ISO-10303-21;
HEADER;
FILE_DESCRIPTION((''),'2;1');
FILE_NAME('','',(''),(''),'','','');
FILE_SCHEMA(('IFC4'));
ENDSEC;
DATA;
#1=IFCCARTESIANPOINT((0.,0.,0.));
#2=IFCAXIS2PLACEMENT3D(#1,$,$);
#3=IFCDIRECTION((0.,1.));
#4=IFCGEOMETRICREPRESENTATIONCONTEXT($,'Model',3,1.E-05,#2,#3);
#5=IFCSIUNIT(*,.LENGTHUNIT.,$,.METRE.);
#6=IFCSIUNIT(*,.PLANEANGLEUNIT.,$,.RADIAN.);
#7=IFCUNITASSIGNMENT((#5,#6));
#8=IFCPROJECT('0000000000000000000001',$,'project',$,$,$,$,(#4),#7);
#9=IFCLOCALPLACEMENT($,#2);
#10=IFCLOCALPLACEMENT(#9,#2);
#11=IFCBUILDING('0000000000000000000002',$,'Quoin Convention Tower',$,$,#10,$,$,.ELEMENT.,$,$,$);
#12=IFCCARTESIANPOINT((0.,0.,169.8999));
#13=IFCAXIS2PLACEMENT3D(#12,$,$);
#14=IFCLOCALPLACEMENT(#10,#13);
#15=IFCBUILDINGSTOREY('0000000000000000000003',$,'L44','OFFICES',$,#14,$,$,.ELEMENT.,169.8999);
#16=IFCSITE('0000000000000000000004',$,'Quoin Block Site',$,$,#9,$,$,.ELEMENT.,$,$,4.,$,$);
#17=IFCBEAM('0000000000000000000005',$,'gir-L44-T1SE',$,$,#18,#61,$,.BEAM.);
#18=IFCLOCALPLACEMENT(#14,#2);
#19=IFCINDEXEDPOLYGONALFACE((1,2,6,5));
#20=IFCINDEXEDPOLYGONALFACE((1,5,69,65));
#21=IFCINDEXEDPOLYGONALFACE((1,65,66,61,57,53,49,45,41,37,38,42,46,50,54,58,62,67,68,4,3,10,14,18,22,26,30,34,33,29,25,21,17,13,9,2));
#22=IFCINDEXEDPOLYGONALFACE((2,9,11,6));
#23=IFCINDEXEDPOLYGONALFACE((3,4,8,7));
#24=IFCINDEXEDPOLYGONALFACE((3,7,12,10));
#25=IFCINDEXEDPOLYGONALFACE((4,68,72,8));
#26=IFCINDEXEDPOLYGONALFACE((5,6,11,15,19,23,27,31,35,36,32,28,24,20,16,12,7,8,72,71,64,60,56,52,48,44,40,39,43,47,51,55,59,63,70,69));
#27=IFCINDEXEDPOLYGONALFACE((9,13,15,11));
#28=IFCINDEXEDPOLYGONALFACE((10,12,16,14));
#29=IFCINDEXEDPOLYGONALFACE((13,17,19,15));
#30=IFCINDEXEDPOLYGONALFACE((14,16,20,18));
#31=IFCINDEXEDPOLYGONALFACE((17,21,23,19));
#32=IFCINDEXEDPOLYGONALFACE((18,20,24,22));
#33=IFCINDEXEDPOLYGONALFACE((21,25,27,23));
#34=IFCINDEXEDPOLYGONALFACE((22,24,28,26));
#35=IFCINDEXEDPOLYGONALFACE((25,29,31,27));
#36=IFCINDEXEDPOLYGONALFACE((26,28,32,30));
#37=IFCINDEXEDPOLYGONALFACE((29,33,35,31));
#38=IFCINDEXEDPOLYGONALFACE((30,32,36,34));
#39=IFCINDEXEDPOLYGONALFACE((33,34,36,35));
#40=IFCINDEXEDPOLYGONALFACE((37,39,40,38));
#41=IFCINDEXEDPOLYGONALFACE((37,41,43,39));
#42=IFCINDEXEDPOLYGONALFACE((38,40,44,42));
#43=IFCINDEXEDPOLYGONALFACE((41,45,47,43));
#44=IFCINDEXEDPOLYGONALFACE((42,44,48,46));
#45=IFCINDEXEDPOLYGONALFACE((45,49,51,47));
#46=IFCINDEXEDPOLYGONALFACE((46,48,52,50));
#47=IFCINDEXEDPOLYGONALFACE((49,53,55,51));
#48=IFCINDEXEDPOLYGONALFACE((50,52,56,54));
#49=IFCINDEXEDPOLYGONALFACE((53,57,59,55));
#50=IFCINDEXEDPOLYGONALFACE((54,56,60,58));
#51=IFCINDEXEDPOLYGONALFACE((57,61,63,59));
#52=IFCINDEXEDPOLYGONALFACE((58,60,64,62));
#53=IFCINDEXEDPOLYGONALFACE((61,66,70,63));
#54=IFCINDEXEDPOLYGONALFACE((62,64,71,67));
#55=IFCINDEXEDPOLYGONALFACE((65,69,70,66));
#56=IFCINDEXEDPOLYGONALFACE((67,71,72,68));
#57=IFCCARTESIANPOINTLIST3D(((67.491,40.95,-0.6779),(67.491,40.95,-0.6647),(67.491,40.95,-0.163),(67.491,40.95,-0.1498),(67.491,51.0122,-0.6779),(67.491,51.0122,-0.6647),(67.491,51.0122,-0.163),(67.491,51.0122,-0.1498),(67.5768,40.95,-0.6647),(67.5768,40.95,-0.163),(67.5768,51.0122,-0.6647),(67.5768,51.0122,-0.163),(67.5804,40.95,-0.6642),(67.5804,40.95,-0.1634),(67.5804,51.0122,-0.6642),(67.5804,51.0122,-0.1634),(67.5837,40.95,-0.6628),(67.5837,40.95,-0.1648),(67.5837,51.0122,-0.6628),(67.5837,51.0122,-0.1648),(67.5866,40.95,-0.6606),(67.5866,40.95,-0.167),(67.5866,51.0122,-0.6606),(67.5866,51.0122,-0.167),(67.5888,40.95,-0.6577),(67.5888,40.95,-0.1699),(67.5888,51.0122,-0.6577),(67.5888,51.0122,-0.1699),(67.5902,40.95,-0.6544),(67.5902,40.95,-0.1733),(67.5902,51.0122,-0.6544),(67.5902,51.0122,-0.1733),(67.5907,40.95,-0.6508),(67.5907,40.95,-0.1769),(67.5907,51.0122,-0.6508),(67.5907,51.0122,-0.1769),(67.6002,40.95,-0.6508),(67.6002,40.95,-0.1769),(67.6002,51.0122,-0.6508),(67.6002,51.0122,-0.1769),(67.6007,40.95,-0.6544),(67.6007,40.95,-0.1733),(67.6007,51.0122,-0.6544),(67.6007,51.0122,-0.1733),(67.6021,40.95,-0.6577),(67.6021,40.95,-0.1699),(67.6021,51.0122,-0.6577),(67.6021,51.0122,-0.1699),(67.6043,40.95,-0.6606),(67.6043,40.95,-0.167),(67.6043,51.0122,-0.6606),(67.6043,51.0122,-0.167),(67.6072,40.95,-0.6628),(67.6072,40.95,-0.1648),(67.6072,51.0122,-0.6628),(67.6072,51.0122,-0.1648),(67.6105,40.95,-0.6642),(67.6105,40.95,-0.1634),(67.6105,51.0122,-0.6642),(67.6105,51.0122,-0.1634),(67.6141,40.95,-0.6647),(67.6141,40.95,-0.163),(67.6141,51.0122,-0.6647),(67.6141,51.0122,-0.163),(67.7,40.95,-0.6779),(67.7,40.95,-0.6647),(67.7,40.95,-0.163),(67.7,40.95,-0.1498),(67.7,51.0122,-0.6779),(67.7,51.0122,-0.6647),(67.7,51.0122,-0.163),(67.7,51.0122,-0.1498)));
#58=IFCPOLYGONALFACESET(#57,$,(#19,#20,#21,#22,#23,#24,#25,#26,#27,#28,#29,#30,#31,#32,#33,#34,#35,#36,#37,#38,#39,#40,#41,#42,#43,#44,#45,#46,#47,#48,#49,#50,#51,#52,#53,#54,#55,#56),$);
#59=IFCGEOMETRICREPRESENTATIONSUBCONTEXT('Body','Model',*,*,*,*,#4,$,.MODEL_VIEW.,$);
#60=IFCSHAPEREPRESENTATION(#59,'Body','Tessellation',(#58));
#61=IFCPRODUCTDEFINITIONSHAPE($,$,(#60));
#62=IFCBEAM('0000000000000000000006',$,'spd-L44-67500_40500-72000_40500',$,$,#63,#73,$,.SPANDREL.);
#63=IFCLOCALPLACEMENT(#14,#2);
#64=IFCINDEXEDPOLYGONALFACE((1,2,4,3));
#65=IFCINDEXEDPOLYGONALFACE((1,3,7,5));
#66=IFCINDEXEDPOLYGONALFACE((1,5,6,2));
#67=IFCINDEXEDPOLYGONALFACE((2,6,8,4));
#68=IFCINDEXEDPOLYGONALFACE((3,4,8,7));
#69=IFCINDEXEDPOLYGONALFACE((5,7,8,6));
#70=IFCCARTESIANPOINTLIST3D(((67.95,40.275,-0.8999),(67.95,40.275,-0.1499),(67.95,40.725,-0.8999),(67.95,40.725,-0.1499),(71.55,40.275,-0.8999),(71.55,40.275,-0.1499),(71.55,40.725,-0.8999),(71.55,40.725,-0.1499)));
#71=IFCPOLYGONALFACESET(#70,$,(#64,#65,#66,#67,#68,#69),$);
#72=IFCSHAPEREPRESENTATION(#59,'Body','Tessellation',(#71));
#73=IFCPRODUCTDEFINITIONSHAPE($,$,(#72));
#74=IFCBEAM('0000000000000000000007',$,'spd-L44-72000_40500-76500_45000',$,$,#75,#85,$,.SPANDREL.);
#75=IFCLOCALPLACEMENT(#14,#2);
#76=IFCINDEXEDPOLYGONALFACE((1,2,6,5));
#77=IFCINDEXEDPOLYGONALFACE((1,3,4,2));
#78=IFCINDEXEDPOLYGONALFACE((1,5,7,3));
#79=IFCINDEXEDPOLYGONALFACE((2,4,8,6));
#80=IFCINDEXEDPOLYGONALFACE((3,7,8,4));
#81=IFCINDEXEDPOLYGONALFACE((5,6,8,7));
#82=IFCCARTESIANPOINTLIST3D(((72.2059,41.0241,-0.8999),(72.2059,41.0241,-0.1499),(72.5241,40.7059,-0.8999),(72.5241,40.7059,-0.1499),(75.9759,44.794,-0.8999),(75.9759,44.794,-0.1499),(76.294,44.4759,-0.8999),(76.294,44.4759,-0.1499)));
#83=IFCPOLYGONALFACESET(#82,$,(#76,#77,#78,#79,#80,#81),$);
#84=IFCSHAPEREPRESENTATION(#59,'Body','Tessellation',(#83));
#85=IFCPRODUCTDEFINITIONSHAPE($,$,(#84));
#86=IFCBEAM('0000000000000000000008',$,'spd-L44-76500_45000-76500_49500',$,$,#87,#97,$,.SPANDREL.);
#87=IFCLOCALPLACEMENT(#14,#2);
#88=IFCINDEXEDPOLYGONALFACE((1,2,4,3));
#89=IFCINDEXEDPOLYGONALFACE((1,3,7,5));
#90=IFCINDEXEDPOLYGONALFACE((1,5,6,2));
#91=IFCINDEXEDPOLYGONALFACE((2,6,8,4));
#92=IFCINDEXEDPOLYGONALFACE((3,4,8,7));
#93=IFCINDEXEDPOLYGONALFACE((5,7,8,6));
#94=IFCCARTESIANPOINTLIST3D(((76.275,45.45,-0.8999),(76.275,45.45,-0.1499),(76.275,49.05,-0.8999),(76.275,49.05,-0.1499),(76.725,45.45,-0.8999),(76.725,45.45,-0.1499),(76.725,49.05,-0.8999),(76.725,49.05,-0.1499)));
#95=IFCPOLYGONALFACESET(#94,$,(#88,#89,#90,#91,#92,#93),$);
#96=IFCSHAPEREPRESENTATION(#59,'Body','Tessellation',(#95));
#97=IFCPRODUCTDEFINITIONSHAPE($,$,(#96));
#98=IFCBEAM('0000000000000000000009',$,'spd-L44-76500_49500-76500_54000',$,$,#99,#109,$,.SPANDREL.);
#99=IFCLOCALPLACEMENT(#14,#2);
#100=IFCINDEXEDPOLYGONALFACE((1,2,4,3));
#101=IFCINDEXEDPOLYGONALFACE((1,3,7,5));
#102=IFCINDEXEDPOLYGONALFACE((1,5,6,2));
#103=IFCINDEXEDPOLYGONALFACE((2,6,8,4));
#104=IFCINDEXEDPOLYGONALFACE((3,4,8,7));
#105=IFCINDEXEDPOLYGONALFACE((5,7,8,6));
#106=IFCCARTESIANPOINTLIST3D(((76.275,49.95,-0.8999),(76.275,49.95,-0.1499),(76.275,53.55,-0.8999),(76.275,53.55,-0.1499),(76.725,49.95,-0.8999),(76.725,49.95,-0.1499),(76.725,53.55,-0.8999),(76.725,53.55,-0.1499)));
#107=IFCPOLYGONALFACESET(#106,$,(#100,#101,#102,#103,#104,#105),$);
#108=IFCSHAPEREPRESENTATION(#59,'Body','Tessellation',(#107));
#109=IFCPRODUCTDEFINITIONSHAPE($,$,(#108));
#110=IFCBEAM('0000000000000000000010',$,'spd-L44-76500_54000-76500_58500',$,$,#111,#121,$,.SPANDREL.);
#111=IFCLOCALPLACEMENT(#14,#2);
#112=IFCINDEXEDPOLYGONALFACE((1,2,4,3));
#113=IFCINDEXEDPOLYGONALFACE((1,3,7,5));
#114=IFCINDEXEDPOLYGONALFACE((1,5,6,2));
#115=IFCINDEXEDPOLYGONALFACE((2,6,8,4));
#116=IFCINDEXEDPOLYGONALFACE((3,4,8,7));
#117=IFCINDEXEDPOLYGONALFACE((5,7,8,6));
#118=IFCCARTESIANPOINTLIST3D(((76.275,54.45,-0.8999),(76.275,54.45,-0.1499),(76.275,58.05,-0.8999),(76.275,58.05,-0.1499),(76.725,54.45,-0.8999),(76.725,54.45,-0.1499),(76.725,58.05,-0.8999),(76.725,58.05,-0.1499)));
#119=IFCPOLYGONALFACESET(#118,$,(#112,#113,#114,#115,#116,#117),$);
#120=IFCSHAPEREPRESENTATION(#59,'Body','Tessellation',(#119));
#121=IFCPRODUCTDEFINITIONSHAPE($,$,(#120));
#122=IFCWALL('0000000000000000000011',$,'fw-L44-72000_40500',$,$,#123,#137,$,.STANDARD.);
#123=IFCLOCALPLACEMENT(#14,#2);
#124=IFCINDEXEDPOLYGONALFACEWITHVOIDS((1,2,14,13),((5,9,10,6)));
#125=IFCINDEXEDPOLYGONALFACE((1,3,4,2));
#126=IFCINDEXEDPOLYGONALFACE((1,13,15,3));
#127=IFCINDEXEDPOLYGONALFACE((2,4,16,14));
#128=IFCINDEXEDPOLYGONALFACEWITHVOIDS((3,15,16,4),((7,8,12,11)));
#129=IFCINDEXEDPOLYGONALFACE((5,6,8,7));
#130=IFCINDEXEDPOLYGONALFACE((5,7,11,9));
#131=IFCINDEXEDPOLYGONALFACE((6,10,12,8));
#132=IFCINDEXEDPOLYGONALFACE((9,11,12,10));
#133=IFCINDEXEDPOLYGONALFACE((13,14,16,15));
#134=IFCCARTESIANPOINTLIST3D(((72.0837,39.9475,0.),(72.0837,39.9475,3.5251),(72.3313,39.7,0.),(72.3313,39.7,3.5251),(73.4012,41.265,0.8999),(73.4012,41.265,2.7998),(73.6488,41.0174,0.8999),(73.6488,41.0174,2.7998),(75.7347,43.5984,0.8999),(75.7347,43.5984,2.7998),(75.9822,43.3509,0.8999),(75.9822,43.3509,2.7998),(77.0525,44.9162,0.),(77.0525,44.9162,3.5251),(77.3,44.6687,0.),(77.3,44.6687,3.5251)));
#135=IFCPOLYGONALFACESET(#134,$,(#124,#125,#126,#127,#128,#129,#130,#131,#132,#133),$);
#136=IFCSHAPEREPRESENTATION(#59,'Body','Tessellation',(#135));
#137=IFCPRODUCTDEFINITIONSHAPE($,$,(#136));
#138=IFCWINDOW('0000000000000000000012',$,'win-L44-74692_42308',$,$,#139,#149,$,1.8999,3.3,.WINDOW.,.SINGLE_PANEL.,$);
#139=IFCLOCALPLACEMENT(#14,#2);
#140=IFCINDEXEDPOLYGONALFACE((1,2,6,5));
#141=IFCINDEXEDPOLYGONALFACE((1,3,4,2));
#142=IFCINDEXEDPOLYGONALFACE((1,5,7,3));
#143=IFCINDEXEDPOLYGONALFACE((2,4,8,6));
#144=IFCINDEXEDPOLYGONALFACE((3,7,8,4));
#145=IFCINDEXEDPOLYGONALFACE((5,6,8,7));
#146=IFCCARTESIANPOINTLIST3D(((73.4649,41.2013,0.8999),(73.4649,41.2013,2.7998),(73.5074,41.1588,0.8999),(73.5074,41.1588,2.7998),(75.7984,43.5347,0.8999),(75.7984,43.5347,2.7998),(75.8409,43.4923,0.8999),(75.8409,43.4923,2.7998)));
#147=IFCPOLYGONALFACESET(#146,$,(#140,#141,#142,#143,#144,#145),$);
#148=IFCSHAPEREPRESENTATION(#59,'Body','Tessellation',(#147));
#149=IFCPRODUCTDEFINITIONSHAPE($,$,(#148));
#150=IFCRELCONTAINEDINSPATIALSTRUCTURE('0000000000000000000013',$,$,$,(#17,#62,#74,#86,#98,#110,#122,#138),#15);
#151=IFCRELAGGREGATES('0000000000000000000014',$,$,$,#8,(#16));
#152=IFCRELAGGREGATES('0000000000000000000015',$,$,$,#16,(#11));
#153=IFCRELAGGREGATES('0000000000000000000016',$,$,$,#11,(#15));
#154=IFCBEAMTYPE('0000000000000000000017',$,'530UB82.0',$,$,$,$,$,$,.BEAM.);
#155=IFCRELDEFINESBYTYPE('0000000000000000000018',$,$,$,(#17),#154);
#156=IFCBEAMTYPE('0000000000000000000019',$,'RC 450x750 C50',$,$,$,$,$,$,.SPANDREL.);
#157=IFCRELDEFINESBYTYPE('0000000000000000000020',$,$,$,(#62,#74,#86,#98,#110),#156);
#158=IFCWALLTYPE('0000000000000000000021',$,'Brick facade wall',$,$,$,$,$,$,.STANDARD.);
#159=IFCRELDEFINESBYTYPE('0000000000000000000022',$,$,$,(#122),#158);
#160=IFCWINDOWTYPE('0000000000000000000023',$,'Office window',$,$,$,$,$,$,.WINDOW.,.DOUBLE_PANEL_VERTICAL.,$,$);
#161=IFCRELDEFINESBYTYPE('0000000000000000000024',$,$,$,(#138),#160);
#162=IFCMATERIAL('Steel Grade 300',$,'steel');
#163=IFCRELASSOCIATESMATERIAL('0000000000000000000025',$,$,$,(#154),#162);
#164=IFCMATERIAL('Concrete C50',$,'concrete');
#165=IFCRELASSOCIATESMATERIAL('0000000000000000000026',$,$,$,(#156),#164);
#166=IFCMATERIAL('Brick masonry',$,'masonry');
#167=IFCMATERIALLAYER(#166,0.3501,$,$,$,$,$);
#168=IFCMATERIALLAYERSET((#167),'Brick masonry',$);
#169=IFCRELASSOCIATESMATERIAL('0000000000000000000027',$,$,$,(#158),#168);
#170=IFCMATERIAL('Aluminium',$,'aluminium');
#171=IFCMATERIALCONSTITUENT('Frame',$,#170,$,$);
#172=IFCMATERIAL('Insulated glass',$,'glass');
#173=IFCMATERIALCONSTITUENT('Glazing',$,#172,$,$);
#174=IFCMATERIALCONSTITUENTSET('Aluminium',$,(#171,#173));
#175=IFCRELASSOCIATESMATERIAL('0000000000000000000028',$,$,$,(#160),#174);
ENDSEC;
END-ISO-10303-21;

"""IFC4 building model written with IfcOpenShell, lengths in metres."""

from ifc_helpers import new_model, si_unit, direction, frame, frame_2d, origin, origin_2d, place, context, subcontext, project, spatial, rectangle, i_section, extrude, material, layer, layer_set, constituent, constituent_set, material_profile, profile_set, type_object, element, fill, save


model = new_model("IFC4")

# Units and contexts
model_context = context("Model", 3, precision=1e-05, world=origin(), true_north=direction((0.0, 1.0)))
body_context = subcontext(model_context, "Body", "Model", "MODEL_VIEW")
ifc_project = project(units=[si_unit("LENGTHUNIT", "METRE"), si_unit("PLANEANGLEUNIT", "RADIAN")], contexts=[model_context])

# Site, building, storey
site_placement = place(None, origin())
site = spatial("IfcSite", under=ifc_project, at=site_placement, Name="Quoin Block Site", CompositionType="ELEMENT", RefElevation=4.0)
building_placement = place(site_placement, origin())
building = spatial("IfcBuilding", under=site, at=building_placement, Name="Quoin Convention Tower", CompositionType="ELEMENT")
storey_placement = place(building_placement, frame((0.0, 0.0, 169.8999)))
storey = spatial("IfcBuildingStorey", under=building, at=storey_placement, Name="L44", Description="OFFICES", CompositionType="ELEMENT", Elevation=169.8999)

# Shared definitions
ifc_material_1 = material(Name="Concrete C50", Category="concrete")

# Beams
ifc_material_2 = material(Name="Steel Grade 300", Category="steel")
ifc_material_profile_1 = material_profile(ifc_material_2, i_section(OverallWidth=0.209, OverallDepth=0.5281, WebThickness=0.0095, FlangeThickness=0.0132, FilletRadius=0.0139, at=origin_2d()), Name="530UB82.0")
ifc_profile_set_1 = profile_set([ifc_material_profile_1], Name="Steel Grade 300")
beam_type_1 = type_object("IfcBeamType", Name="530UB82.0", PredefinedType="BEAM", material=ifc_profile_set_1)
beam_1_placement = place(storey_placement, frame((67.5955, 40.95, -0.4138), z_axis=(0.0, 1.0, 0.0), x_axis=(-1.0, 0.0, 0.0)))
element("IfcBeam", 1, at=beam_1_placement, inside=storey, type_object=beam_type_1, Name="gir-L44-T1SE", PredefinedType="BEAM", context=body_context, shape_type="SweptSolid", body=[
    extrude(i_section(OverallWidth=0.209, OverallDepth=0.5281, WebThickness=0.0095, FlangeThickness=0.0132, FilletRadius=0.0139, at=origin_2d()), origin(), (0.0, 0.0, 1.0), 10.0623),
])
ifc_material_profile_2 = material_profile(ifc_material_1, rectangle(XDim=0.45, YDim=0.75, at=origin_2d()), Name="RC 450x750")
ifc_profile_set_2 = profile_set([ifc_material_profile_2], Name="Concrete C50")
beam_type_2 = type_object("IfcBeamType", Name="RC 450x750 C50", PredefinedType="SPANDREL", material=ifc_profile_set_2)
beam_2_placement = place(storey_placement, frame((67.95, 40.5, -0.5249), z_axis=(1.0, 0.0, 0.0), x_axis=(0.0, 1.0, 0.0)))
element("IfcBeam", 2, at=beam_2_placement, inside=storey, type_object=beam_type_2, Name="spd-L44-67500_40500-72000_40500", PredefinedType="SPANDREL", context=body_context, shape_type="SweptSolid", body=[
    extrude(rectangle(XDim=0.45, YDim=0.75, at=origin_2d()), origin(), (0.0, 0.0, 1.0), 3.6001),
])
beam_3_placement = place(storey_placement, frame((72.365, 40.865, -0.5249), z_axis=(0.707107, 0.707107, 0.0), x_axis=(-0.707107, 0.707107, 0.0)))
element("IfcBeam", 3, at=beam_3_placement, inside=storey, type_object=beam_type_2, Name="spd-L44-72000_40500-76500_45000", PredefinedType="SPANDREL", context=body_context, shape_type="SweptSolid", body=[
    extrude(rectangle(XDim=0.45, YDim=0.75, at=origin_2d()), origin(), (0.0, 0.0, 1.0), 5.3315),
])
for number, where, z_axis, x_axis, name in (
    (4, (76.5, 45.45, -0.5249), (0.0, 1.0, 0.0), (-1.0, 0.0, 0.0), "spd-L44-76500_45000-76500_49500"),
    (5, (76.5, 49.95, -0.5249), (0.0, 1.0, 0.0), (-1.0, 0.0, 0.0), "spd-L44-76500_49500-76500_54000"),
    (6, (76.5, 54.45, -0.5249), (0.0, 1.0, 0.0), (-1.0, 0.0, 0.0), "spd-L44-76500_54000-76500_58500"),
):
    element("IfcBeam", number, at=place(storey_placement, frame(where, z_axis=z_axis, x_axis=x_axis)), inside=storey, type_object=beam_type_2, Name=name, PredefinedType="SPANDREL", context=body_context, shape_type="SweptSolid", body=[
        extrude(rectangle(XDim=0.45, YDim=0.75, at=origin_2d()), origin(), (0.0, 0.0, 1.0), 3.6001),
    ])

# Wall, opening, window
ifc_material_3 = material(Name="Brick masonry", Category="masonry")
ifc_layer_1 = layer(ifc_material_3, 0.3501)
ifc_layer_set_1 = layer_set([ifc_layer_1], Name="Brick masonry")
wall_type_1 = type_object("IfcWallType", Name="Brick facade wall", PredefinedType="STANDARD", material=ifc_layer_set_1)
wall_1_placement = place(storey_placement, frame((72.2075, 39.8237, 0.0), z_axis=(0.0, 0.0, 1.0), x_axis=(0.707107, 0.707107, 0.0)))
wall_1 = element("IfcWall", 7, at=wall_1_placement, inside=storey, type_object=wall_type_1, Name="fw-L44-72000_40500", PredefinedType="STANDARD", context=body_context, shape_type="SweptSolid", body=[
    extrude(rectangle(XDim=7.0269, YDim=0.3501, at=frame_2d((3.5134, 0.0))), origin(), (0.0, 0.0, 1.0), 3.5251),
])
opening_1_placement = place(wall_1_placement, frame((1.8633, 0.0, 0.8999)))
opening_1 = element("IfcOpeningElement", 8, at=opening_1_placement, cuts=wall_1, PredefinedType="OPENING", context=body_context, shape_type="SweptSolid", body=[
    extrude(rectangle(XDim=3.3, YDim=1.8999, at=frame_2d((1.6499, 0.95))), frame((0.0, 0.1851, 0.0), z_axis=(0.0, -1.0, 0.0), x_axis=(1.0, 0.0, 0.0)), (0.0, 0.0, 1.0), 0.3701),
])
ifc_material_4 = material(Name="Aluminium", Category="aluminium")
ifc_constituent_1 = constituent(ifc_material_4, Name="Frame")
ifc_material_5 = material(Name="Insulated glass", Category="glass")
ifc_constituent_2 = constituent(ifc_material_5, Name="Glazing")
ifc_constituent_set = constituent_set(constituents=[ifc_constituent_1, ifc_constituent_2], Name="Aluminium")
window_type = type_object("IfcWindowType", Name="Office window", PartitioningType="DOUBLE_PANEL_VERTICAL", PredefinedType="WINDOW", material=ifc_constituent_set)
window_1_placement = place(opening_1_placement, origin())
window_1 = element("IfcWindow", 9, at=window_1_placement, inside=storey, type_object=window_type, Name="win-L44-74692_42308", OverallHeight=1.8999, OverallWidth=3.3, PartitioningType="SINGLE_PANEL", PredefinedType="WINDOW", context=body_context, shape_type="SweptSolid", body=[
    extrude(rectangle(XDim=3.3, YDim=1.8999, at=frame_2d((1.6499, 0.95))), frame((0.0, 0.085, 0.0), z_axis=(0.0, -1.0, 0.0), x_axis=(1.0, 0.0, 0.0)), (0.0, 0.0, 1.0), 0.0601),
])
fill(opening_1, window_1)

save(model, "model.ifc")
